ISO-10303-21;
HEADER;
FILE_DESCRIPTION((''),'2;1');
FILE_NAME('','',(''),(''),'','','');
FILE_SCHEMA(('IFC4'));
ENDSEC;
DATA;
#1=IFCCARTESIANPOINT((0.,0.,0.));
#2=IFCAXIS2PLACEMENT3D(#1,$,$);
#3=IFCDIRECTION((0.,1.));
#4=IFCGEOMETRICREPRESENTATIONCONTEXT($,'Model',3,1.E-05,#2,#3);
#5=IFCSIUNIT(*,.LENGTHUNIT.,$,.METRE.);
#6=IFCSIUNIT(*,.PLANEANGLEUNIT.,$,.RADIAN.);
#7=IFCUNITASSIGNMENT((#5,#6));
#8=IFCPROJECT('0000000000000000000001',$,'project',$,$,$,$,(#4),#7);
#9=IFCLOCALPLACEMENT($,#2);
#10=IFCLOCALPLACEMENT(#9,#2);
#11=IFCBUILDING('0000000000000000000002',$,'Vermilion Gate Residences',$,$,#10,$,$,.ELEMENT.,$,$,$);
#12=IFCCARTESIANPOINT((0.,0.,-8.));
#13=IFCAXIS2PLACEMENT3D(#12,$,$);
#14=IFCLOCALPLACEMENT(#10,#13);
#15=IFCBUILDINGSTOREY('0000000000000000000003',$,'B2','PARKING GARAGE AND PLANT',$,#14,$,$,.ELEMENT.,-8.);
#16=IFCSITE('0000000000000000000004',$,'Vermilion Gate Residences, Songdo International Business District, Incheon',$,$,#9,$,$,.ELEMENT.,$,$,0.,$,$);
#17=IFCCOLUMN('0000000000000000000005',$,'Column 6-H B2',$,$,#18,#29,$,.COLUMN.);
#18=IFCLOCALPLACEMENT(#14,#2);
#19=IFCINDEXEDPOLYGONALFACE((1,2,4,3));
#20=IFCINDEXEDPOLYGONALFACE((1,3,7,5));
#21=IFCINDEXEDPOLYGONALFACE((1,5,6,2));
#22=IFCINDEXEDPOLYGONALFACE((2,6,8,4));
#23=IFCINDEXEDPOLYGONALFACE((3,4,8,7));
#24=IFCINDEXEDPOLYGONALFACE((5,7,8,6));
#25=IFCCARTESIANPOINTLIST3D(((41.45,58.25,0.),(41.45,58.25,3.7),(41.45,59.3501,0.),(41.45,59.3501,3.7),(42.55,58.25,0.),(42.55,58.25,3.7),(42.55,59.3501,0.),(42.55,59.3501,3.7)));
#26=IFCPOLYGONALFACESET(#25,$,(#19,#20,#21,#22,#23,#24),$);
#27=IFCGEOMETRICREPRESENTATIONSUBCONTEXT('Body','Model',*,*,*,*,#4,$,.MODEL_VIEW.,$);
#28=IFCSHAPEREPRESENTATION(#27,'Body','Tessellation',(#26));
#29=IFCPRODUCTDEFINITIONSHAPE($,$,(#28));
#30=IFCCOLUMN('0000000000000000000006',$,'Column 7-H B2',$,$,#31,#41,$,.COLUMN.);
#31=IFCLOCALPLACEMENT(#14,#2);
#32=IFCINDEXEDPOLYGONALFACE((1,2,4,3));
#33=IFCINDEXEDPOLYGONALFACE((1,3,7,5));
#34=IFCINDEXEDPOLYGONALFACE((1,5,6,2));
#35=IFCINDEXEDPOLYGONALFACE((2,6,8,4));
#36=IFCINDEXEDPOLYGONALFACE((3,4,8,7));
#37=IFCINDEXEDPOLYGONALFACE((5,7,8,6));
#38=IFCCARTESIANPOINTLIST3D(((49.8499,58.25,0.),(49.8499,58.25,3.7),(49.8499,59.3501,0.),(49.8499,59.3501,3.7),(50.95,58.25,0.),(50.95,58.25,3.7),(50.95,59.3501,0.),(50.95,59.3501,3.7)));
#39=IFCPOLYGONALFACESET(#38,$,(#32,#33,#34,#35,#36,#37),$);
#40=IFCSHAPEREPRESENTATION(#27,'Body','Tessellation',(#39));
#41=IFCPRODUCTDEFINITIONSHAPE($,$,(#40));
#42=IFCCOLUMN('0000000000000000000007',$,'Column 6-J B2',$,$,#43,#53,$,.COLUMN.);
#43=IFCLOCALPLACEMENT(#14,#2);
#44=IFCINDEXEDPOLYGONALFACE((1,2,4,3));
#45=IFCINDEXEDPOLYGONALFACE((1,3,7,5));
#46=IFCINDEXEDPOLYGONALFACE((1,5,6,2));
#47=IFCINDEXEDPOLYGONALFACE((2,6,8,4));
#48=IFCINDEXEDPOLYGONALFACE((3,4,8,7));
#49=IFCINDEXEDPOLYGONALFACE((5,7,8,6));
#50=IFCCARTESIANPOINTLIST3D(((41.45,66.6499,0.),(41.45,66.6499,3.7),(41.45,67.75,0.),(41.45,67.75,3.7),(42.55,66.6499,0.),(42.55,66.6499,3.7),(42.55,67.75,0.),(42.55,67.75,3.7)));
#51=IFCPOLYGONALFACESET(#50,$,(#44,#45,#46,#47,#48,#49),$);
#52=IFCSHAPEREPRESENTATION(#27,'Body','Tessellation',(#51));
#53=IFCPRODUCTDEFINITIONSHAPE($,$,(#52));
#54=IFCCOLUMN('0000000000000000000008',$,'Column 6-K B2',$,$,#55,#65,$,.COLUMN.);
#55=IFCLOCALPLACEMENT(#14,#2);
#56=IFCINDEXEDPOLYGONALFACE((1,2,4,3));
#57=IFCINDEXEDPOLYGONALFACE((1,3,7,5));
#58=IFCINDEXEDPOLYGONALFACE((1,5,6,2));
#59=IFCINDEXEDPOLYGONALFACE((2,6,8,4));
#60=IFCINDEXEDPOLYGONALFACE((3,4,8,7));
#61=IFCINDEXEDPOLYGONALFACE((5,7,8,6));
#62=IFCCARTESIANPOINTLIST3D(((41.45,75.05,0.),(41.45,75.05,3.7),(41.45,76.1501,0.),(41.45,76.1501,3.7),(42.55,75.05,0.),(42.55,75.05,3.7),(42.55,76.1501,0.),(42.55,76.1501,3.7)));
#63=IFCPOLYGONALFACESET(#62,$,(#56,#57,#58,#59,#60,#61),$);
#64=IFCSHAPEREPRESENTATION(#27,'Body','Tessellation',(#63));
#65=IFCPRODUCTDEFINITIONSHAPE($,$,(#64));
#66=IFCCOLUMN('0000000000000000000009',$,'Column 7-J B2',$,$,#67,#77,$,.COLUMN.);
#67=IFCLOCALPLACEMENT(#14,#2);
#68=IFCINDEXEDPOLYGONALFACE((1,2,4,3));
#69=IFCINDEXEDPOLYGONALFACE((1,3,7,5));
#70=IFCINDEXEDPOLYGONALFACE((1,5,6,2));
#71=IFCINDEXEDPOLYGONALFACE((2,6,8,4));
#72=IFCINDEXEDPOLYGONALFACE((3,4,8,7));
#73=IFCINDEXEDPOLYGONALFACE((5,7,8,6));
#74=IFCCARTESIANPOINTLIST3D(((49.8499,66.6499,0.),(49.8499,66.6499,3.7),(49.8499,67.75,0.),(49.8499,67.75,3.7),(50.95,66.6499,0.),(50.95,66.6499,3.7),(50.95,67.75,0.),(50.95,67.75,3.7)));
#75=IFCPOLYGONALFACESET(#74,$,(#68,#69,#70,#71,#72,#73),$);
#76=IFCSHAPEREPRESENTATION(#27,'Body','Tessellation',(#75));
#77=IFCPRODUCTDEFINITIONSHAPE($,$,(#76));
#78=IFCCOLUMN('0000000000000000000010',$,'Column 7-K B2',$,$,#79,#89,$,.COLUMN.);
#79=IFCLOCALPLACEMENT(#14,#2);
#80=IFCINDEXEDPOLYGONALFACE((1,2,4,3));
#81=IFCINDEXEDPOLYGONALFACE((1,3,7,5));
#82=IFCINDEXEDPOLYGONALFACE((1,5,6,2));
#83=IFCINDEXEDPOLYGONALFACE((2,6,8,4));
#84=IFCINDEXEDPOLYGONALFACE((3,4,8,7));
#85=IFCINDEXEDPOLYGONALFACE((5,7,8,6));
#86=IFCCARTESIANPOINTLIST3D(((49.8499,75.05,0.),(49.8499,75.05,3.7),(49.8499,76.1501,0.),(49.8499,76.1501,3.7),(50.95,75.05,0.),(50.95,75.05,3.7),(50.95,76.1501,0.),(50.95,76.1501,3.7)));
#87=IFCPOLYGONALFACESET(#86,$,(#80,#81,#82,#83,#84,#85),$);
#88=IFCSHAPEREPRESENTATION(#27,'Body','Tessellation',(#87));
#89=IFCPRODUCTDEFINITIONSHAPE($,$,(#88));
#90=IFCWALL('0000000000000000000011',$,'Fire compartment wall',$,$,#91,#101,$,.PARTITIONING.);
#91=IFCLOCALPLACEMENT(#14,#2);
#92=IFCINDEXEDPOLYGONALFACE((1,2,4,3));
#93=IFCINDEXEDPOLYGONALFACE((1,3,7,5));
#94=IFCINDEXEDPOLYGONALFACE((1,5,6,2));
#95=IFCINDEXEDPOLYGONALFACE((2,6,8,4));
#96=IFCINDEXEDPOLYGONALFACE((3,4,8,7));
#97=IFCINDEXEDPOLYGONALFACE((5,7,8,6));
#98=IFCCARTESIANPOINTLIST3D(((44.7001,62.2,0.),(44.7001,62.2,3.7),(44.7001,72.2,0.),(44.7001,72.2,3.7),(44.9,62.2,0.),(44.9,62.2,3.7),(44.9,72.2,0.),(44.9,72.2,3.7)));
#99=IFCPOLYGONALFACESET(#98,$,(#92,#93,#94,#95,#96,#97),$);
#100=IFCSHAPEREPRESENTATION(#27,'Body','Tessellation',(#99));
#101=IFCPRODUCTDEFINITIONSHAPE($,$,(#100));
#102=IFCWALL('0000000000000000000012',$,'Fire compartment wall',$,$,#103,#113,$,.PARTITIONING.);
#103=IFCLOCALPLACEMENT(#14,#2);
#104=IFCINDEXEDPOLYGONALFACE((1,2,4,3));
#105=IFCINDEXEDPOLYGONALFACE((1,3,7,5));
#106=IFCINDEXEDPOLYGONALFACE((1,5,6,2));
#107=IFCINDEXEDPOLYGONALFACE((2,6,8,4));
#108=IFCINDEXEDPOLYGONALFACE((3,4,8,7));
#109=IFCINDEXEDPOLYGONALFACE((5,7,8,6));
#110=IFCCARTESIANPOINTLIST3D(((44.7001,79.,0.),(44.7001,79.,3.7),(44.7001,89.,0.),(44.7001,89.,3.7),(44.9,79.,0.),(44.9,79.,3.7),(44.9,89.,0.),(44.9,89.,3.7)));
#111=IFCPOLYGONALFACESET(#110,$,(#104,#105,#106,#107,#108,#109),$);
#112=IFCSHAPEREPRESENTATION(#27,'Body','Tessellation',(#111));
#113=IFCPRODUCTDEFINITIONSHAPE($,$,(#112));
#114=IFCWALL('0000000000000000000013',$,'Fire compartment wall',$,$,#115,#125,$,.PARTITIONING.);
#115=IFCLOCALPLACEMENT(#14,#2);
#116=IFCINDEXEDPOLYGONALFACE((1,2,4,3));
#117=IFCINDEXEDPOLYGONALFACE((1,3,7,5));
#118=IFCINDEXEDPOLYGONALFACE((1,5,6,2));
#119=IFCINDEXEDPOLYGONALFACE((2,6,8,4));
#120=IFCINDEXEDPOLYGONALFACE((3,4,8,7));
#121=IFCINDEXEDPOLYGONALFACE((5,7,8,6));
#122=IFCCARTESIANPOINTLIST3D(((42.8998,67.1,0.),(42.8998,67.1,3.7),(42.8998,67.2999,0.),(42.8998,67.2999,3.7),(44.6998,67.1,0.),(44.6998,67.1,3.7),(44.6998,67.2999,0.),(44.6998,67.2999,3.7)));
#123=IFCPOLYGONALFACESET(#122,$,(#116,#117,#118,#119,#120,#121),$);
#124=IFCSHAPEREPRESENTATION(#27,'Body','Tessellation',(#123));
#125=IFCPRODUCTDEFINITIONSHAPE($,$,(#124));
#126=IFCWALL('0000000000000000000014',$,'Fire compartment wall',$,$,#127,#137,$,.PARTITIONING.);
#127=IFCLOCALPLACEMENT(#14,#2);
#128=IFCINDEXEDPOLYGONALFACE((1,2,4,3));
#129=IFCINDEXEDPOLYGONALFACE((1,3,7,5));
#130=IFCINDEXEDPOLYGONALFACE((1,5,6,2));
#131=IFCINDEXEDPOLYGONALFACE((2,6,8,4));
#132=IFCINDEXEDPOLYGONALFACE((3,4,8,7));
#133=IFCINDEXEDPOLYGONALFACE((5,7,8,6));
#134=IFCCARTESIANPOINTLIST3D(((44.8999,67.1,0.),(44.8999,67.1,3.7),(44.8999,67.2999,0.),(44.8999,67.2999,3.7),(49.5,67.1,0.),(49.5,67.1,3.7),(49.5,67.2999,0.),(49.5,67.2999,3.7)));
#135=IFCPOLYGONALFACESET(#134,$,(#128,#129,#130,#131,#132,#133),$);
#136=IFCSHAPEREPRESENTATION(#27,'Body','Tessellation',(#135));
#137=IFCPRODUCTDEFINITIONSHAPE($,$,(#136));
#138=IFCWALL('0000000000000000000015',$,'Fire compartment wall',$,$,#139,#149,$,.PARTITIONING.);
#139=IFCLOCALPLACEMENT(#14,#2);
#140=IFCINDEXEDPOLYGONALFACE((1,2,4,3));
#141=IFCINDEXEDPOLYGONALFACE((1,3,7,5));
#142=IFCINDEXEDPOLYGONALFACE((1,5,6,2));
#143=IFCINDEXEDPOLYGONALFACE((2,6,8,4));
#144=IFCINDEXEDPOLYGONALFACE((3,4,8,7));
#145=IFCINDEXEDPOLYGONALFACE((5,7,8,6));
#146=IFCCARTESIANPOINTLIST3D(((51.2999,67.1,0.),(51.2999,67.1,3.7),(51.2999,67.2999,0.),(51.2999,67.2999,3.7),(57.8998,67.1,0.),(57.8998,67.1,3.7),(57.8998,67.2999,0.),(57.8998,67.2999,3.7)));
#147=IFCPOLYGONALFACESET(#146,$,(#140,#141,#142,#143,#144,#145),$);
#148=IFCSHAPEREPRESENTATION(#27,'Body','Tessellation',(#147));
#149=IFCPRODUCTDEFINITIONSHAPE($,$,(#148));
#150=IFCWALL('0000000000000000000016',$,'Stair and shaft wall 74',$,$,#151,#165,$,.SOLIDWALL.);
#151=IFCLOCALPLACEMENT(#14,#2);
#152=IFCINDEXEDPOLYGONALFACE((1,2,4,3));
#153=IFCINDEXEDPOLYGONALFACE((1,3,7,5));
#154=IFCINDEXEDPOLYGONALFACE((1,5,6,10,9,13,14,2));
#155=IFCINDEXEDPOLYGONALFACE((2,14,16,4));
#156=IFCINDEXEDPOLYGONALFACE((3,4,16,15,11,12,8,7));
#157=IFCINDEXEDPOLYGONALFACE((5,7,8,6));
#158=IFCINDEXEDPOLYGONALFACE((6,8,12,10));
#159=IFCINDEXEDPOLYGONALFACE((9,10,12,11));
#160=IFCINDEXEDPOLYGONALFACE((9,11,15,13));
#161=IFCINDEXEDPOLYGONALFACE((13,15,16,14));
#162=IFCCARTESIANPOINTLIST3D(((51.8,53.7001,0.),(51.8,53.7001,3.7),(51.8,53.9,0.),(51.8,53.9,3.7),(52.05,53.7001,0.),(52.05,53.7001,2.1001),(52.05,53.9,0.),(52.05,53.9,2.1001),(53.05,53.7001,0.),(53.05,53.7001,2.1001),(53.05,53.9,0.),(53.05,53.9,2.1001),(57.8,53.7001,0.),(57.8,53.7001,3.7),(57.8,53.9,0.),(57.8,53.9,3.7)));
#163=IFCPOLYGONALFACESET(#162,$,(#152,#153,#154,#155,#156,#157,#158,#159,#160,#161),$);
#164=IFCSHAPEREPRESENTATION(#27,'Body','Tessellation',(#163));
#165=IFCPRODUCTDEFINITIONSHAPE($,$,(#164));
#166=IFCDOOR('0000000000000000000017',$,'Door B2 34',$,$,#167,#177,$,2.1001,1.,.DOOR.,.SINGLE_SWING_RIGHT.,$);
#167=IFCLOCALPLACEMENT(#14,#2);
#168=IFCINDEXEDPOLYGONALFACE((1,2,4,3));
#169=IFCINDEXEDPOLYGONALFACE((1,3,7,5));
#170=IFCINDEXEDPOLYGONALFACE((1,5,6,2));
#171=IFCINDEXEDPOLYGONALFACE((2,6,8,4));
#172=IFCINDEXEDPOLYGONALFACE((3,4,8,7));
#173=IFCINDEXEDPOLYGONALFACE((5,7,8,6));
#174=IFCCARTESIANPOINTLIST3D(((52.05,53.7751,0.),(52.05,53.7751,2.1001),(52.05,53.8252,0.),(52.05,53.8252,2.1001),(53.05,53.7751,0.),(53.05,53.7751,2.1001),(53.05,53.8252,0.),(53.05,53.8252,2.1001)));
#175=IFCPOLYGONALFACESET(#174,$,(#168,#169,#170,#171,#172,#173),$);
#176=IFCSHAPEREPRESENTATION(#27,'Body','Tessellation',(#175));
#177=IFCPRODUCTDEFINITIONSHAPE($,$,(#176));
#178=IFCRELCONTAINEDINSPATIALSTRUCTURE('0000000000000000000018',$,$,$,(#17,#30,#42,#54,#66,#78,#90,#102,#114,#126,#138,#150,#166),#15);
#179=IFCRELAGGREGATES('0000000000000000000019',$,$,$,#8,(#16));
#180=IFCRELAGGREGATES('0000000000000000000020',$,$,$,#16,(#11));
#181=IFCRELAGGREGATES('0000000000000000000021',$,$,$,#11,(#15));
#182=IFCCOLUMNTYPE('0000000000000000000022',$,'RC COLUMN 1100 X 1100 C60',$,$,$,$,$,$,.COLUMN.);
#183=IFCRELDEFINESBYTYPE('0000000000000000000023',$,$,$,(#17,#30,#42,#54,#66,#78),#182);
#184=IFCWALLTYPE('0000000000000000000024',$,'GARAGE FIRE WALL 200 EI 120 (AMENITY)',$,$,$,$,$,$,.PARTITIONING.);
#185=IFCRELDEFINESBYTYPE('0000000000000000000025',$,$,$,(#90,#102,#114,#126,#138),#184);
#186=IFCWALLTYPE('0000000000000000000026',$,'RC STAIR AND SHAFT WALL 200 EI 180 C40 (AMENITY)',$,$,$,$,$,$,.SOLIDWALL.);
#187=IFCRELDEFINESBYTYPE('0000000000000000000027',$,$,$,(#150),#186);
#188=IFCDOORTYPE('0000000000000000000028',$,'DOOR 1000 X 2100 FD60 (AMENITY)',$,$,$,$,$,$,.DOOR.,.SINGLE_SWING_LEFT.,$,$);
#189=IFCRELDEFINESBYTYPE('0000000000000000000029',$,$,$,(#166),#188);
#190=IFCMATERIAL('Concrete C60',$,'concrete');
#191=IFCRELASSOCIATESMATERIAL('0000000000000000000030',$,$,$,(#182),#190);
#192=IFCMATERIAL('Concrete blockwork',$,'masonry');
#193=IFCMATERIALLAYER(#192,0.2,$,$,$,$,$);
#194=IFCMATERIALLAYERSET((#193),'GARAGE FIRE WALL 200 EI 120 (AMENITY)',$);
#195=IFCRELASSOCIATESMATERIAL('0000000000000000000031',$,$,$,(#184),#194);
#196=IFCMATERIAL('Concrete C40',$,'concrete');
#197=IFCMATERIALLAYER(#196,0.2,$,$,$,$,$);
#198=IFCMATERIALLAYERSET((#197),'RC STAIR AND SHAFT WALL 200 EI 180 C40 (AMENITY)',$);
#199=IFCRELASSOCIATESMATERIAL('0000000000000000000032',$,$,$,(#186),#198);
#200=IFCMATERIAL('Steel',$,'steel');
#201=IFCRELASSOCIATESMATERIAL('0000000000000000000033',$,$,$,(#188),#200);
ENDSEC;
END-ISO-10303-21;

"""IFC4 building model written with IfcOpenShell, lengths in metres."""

from ifc_helpers import new_model, si_unit, direction, frame, frame_2d, origin, origin_2d, place, context, subcontext, project, spatial, rectangle, extrude, material, layer, layer_set, material_profile, profile_set, type_object, element, fill, save


model = new_model("IFC4")

# Units and contexts
model_context = context("Model", 3, precision=1e-05, world=origin(), true_north=direction((0.0, 1.0)))
body_context = subcontext(model_context, "Body", "Model", "MODEL_VIEW")
ifc_project = project(units=[si_unit("LENGTHUNIT", "METRE"), si_unit("PLANEANGLEUNIT", "RADIAN")], contexts=[model_context])

# Site, building, storey
site_placement = place(None, origin())
site = spatial("IfcSite", under=ifc_project, at=site_placement, Name="Vermilion Gate Residences, Songdo International Business District, Incheon", CompositionType="ELEMENT", RefElevation=0.0)
building_placement = place(site_placement, origin())
building = spatial("IfcBuilding", under=site, at=building_placement, Name="Vermilion Gate Residences", CompositionType="ELEMENT")
storey_placement = place(building_placement, frame((0.0, 0.0, -8.0)))
storey = spatial("IfcBuildingStorey", under=building, at=storey_placement, Name="B2", Description="PARKING GARAGE AND PLANT", CompositionType="ELEMENT", Elevation=-8.0)

# Columns
ifc_material_1 = material(Name="Concrete C60", Category="concrete")
ifc_material_profile_1 = material_profile(ifc_material_1, rectangle(XDim=1.1001, YDim=1.1001, at=origin_2d()), Name="RC-1100x1100")
ifc_profile_set_1 = profile_set([ifc_material_profile_1], Name="Concrete C60")
column_type = type_object("IfcColumnType", Name="RC COLUMN 1100 X 1100 C60", PredefinedType="COLUMN", material=ifc_profile_set_1)
for number, where, z_axis, x_axis, name in (
    (1, (42.0, 58.8, 0.0), (0.0, 0.0, 1.0), (1.0, 0.0, 0.0), "Column 6-H B2"),
    (2, (50.3999, 58.8, 0.0), (0.0, 0.0, 1.0), (1.0, 0.0, 0.0), "Column 7-H B2"),
    (3, (42.0, 67.2, 0.0), (0.0, 0.0, 1.0), (1.0, 0.0, 0.0), "Column 6-J B2"),
    (4, (42.0, 75.6001, 0.0), (0.0, 0.0, 1.0), (1.0, 0.0, 0.0), "Column 6-K B2"),
    (5, (50.3999, 67.2, 0.0), (0.0, 0.0, 1.0), (1.0, 0.0, 0.0), "Column 7-J B2"),
    (6, (50.3999, 75.6001, 0.0), (0.0, 0.0, 1.0), (1.0, 0.0, 0.0), "Column 7-K B2"),
):
    element("IfcColumn", number, at=place(storey_placement, frame(where, z_axis=z_axis, x_axis=x_axis)), inside=storey, type_object=column_type, Name=name, PredefinedType="COLUMN", context=body_context, shape_type="SweptSolid", body=[
        extrude(rectangle(XDim=1.1001, YDim=1.1001, at=origin_2d()), origin(), (0.0, 0.0, 1.0), 3.7),
    ])

# Shared definitions
ifc_material_2 = material(Name="Concrete blockwork", Category="masonry")
ifc_layer_1 = layer(ifc_material_2, 0.2)
ifc_layer_set_1 = layer_set([ifc_layer_1], Name="GARAGE FIRE WALL 200 EI 120 (AMENITY)")
wall_type_1 = type_object("IfcWallType", Name="GARAGE FIRE WALL 200 EI 120 (AMENITY)", PredefinedType="PARTITIONING", material=ifc_layer_set_1)

# Wall
wall_1_placement = place(storey_placement, frame((44.8, 62.2, 0.0), z_axis=(0.0, 0.0, 1.0), x_axis=(0.0, 1.0, 0.0)))
element("IfcWall", 7, at=wall_1_placement, inside=storey, type_object=wall_type_1, Name="Fire compartment wall", PredefinedType="PARTITIONING", context=body_context, shape_type="SweptSolid", body=[
    extrude(rectangle(XDim=10.0, YDim=0.2, at=frame_2d((5.0, 0.0))), origin(), (0.0, 0.0, 1.0), 3.7),
])

# Wall
wall_2_placement = place(storey_placement, frame((44.8, 79.0, 0.0), z_axis=(0.0, 0.0, 1.0), x_axis=(0.0, 1.0, 0.0)))
element("IfcWall", 8, at=wall_2_placement, inside=storey, type_object=wall_type_1, Name="Fire compartment wall", PredefinedType="PARTITIONING", context=body_context, shape_type="SweptSolid", body=[
    extrude(rectangle(XDim=10.0, YDim=0.2, at=frame_2d((5.0, 0.0))), origin(), (0.0, 0.0, 1.0), 3.7),
])

# Walls
wall_3_placement = place(storey_placement, frame((42.8999, 67.2, 0.0), z_axis=(0.0, 0.0, 1.0), x_axis=(1.0, 0.0, 0.0)))
element("IfcWall", 9, at=wall_3_placement, inside=storey, type_object=wall_type_1, Name="Fire compartment wall", PredefinedType="PARTITIONING", context=body_context, shape_type="SweptSolid", body=[
    extrude(rectangle(XDim=1.8, YDim=0.2, at=frame_2d((0.8999, 0.0))), origin(), (0.0, 0.0, 1.0), 3.7),
])
wall_4_placement = place(storey_placement, frame((44.8999, 67.2, 0.0), z_axis=(0.0, 0.0, 1.0), x_axis=(1.0, 0.0, 0.0)))
element("IfcWall", 10, at=wall_4_placement, inside=storey, type_object=wall_type_1, Name="Fire compartment wall", PredefinedType="PARTITIONING", context=body_context, shape_type="SweptSolid", body=[
    extrude(rectangle(XDim=4.6001, YDim=0.2, at=frame_2d((2.3, 0.0))), origin(), (0.0, 0.0, 1.0), 3.7),
])
wall_5_placement = place(storey_placement, frame((51.3, 67.2, 0.0), z_axis=(0.0, 0.0, 1.0), x_axis=(1.0, 0.0, 0.0)))
element("IfcWall", 11, at=wall_5_placement, inside=storey, type_object=wall_type_1, Name="Fire compartment wall", PredefinedType="PARTITIONING", context=body_context, shape_type="SweptSolid", body=[
    extrude(rectangle(XDim=6.5999, YDim=0.2, at=frame_2d((3.2998, 0.0))), origin(), (0.0, 0.0, 1.0), 3.7),
])

# Wall, opening, door
ifc_material_3 = material(Name="Concrete C40", Category="concrete")
ifc_layer_2 = layer(ifc_material_3, 0.2)
ifc_layer_set_2 = layer_set([ifc_layer_2], Name="RC STAIR AND SHAFT WALL 200 EI 180 C40 (AMENITY)")
wall_type_2 = type_object("IfcWallType", Name="RC STAIR AND SHAFT WALL 200 EI 180 C40 (AMENITY)", PredefinedType="SOLIDWALL", material=ifc_layer_set_2)
wall_6_placement = place(storey_placement, frame((51.8, 53.8, 0.0), z_axis=(0.0, 0.0, 1.0), x_axis=(1.0, 0.0, 0.0)))
wall_6 = element("IfcWall", 12, at=wall_6_placement, inside=storey, type_object=wall_type_2, Name="Stair and shaft wall 74", PredefinedType="SOLIDWALL", context=body_context, shape_type="SweptSolid", body=[
    extrude(rectangle(XDim=6.0, YDim=0.2, at=frame_2d((3.0, 0.0))), origin(), (0.0, 0.0, 1.0), 3.7),
])
opening_1_placement = place(wall_6_placement, frame((0.25, 0.0, 0.0)))
opening_1 = element("IfcOpeningElement", 13, at=opening_1_placement, cuts=wall_6, PredefinedType="OPENING", context=body_context, shape_type="SweptSolid", body=[
    extrude(rectangle(XDim=1.0, YDim=2.1001, at=frame_2d((0.5, 1.05))), frame((0.0, 0.1099, 0.0), z_axis=(0.0, -1.0, 0.0), x_axis=(1.0, 0.0, 0.0)), (0.0, 0.0, 1.0), 0.22),
])
ifc_material_4 = material(Name="Steel", Category="steel")
door_type_1 = type_object("IfcDoorType", Name="DOOR 1000 X 2100 FD60 (AMENITY)", OperationType="SINGLE_SWING_LEFT", PredefinedType="DOOR", material=ifc_material_4)
door_1_placement = place(opening_1_placement, frame((1.0, 0.0, 0.0), z_axis=(0.0, 0.0, 1.0), x_axis=(-1.0, 0.0, 0.0)))
door_1 = element("IfcDoor", 14, at=door_1_placement, inside=storey, type_object=door_type_1, Name="Door B2 34", OperationType="SINGLE_SWING_RIGHT", OverallHeight=2.1001, OverallWidth=1.0, PredefinedType="DOOR", context=body_context, shape_type="SweptSolid", body=[
    extrude(rectangle(XDim=1.0, YDim=2.1001, at=frame_2d((0.5, 1.05))), frame((0.0, 0.0249, 0.0), z_axis=(0.0, -1.0, 0.0), x_axis=(1.0, 0.0, 0.0)), (0.0, 0.0, 1.0), 0.05),
])
fill(opening_1, door_1)

save(model, "model.ifc")
